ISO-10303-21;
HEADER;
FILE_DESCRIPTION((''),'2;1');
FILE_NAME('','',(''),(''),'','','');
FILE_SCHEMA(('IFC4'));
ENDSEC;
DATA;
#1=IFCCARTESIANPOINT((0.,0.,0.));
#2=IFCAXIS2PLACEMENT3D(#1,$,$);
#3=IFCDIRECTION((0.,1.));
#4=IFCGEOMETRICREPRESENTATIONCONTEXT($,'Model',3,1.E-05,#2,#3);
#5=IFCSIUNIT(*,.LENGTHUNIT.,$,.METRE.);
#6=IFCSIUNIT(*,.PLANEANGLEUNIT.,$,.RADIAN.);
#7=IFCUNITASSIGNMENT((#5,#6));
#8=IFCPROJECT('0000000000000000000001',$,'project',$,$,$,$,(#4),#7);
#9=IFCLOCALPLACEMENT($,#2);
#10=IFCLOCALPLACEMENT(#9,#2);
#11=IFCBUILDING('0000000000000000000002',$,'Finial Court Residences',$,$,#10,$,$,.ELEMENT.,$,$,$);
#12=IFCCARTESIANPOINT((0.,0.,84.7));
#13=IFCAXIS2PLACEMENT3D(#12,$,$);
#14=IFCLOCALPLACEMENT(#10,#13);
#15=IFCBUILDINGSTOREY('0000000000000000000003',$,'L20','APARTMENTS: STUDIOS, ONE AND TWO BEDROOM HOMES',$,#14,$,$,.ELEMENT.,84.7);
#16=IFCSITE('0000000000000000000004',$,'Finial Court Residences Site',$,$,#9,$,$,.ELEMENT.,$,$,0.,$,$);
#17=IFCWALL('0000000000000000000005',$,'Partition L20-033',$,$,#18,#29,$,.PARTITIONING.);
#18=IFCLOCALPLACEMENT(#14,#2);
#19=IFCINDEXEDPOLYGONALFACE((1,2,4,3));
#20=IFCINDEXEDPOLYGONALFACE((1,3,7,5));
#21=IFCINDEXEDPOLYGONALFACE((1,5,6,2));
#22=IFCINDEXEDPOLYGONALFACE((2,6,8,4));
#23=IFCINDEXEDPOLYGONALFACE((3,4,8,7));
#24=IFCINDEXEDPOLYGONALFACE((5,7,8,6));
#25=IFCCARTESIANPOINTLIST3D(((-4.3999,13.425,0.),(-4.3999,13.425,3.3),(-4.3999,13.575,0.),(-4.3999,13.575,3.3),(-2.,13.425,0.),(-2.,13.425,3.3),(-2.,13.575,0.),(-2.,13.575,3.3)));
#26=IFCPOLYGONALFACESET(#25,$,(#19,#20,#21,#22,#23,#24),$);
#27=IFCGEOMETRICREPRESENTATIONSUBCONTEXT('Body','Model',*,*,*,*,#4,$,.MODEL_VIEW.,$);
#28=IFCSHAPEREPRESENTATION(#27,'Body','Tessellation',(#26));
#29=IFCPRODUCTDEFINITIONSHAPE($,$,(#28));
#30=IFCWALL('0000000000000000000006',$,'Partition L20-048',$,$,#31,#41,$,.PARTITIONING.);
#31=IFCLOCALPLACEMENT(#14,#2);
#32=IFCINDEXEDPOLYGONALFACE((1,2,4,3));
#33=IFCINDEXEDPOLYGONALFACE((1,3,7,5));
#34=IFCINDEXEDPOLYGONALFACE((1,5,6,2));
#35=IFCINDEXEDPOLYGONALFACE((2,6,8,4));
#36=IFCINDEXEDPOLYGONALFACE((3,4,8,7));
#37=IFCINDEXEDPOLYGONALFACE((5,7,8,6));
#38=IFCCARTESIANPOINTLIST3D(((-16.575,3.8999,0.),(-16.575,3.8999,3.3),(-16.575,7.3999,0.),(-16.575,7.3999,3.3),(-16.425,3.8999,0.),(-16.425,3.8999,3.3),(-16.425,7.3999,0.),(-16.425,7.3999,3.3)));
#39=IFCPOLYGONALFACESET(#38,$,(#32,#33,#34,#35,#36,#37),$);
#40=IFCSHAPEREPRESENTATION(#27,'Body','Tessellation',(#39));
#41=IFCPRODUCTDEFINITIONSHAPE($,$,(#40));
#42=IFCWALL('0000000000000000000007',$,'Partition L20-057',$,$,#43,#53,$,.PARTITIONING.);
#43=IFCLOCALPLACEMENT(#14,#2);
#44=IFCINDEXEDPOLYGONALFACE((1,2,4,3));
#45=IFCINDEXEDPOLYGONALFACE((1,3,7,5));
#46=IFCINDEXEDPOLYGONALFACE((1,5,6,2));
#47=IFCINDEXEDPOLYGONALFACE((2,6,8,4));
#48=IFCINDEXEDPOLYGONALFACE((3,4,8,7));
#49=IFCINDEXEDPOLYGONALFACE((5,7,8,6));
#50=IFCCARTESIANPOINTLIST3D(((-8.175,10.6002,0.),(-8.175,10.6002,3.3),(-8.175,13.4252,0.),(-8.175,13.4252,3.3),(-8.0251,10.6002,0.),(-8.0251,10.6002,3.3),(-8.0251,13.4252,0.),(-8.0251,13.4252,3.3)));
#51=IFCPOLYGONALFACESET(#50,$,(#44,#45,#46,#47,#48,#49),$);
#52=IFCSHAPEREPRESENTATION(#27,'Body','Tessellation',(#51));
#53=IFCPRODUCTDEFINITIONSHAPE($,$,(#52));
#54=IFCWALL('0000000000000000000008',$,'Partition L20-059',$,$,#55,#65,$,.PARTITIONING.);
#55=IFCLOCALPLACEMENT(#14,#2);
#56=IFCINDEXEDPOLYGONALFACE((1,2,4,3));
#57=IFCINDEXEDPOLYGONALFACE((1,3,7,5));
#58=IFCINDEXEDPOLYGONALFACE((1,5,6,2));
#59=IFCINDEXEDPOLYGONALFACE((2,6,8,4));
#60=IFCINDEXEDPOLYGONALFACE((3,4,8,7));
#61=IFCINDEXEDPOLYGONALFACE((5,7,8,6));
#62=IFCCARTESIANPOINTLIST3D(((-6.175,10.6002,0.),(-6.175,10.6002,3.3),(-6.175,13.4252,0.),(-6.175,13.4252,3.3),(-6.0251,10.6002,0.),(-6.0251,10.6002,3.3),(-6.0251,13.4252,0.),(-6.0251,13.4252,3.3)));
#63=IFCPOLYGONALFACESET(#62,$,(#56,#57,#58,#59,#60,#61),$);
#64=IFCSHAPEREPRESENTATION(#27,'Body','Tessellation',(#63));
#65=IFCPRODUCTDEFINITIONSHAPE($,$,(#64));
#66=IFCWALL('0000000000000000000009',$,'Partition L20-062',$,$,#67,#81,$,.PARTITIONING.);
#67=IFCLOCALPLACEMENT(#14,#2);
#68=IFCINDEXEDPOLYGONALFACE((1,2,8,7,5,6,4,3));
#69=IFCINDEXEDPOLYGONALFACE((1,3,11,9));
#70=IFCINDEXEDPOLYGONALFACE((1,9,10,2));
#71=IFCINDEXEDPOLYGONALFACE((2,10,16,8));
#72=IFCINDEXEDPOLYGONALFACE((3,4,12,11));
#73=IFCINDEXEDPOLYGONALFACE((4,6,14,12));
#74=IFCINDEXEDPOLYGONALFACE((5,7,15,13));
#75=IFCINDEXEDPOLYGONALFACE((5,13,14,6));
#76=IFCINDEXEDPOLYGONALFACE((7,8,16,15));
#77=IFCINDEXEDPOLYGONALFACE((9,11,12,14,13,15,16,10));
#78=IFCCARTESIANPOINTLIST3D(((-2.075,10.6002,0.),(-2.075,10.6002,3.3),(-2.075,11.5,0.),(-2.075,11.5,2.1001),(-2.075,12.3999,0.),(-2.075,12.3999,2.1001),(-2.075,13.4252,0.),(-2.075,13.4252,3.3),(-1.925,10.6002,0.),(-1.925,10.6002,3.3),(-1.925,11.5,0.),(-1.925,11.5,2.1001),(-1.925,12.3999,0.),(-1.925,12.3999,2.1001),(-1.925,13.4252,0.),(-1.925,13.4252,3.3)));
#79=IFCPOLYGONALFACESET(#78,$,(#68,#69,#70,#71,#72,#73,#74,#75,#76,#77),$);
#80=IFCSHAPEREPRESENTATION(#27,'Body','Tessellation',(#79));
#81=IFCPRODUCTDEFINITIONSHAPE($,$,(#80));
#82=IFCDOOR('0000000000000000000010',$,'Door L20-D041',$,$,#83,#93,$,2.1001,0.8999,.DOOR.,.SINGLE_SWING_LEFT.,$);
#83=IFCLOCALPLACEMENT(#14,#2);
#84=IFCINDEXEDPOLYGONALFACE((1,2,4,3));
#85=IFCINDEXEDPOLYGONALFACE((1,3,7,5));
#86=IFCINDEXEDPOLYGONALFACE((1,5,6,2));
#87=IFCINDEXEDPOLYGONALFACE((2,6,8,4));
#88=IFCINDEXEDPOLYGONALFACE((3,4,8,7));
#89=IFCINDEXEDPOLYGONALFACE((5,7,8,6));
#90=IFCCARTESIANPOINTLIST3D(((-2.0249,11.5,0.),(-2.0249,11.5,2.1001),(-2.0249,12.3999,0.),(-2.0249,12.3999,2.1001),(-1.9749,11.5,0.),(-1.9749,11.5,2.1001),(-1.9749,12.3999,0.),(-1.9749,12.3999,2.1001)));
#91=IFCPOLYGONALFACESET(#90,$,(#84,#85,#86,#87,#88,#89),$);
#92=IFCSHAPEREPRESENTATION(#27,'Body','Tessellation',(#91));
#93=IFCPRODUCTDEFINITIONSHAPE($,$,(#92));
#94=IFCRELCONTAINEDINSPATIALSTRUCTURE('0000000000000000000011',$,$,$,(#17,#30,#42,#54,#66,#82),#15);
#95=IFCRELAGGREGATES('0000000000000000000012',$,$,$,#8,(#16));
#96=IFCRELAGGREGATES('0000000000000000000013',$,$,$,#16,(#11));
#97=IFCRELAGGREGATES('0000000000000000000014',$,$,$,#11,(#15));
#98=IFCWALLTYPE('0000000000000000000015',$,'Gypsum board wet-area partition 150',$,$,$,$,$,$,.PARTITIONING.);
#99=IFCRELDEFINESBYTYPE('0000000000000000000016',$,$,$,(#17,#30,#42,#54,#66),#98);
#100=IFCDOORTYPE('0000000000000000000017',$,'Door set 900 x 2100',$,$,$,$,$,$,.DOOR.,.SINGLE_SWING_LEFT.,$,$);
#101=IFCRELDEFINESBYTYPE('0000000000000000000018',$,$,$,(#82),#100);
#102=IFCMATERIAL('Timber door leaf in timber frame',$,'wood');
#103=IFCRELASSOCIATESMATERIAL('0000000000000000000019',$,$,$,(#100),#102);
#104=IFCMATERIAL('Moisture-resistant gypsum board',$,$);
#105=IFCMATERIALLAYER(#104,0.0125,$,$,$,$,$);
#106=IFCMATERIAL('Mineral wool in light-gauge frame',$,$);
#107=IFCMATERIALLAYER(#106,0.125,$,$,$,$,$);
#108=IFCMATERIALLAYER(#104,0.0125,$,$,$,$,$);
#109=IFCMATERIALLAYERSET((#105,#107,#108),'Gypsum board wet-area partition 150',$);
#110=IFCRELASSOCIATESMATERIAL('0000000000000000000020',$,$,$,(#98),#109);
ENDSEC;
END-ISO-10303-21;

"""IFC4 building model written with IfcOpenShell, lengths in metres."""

from ifc_helpers import new_model, si_unit, direction, frame, frame_2d, origin, place, context, subcontext, project, spatial, rectangle, extrude, material, layer, layer_set, type_object, element, fill, save


model = new_model("IFC4")

# Units and contexts
model_context = context("Model", 3, precision=1e-05, world=origin(), true_north=direction((0.0, 1.0)))
body_context = subcontext(model_context, "Body", "Model", "MODEL_VIEW")
ifc_project = project(units=[si_unit("LENGTHUNIT", "METRE"), si_unit("PLANEANGLEUNIT", "RADIAN")], contexts=[model_context])

# Site, building, storey
site_placement = place(None, origin())
site = spatial("IfcSite", under=ifc_project, at=site_placement, Name="Finial Court Residences Site", CompositionType="ELEMENT", RefElevation=0.0)
building_placement = place(site_placement, origin())
building = spatial("IfcBuilding", under=site, at=building_placement, Name="Finial Court Residences", CompositionType="ELEMENT")
storey_placement = place(building_placement, frame((0.0, 0.0, 84.7)))
storey = spatial("IfcBuildingStorey", under=building, at=storey_placement, Name="L20", Description="APARTMENTS: STUDIOS, ONE AND TWO BEDROOM HOMES", CompositionType="ELEMENT", Elevation=84.7)

# Shared definitions
ifc_material_1 = material(Name="Mineral wool in light-gauge frame")
ifc_material_2 = material(Name="Timber door leaf in timber frame", Category="wood")
door_type = type_object("IfcDoorType", Name="Door set 900 x 2100", OperationType="SINGLE_SWING_LEFT", PredefinedType="DOOR", material=ifc_material_2)
ifc_material_3 = material(Name="Moisture-resistant gypsum board")
ifc_layer_1 = layer(ifc_material_3, 0.0125)
ifc_layer_2 = layer(ifc_material_1, 0.125)
ifc_layer_3 = layer(ifc_material_3, 0.0125)
ifc_layer_set_1 = layer_set([ifc_layer_1, ifc_layer_2, ifc_layer_3], Name="Gypsum board wet-area partition 150")
wall_type_1 = type_object("IfcWallType", Name="Gypsum board wet-area partition 150", PredefinedType="PARTITIONING", material=ifc_layer_set_1)

# Walls
wall_1_placement = place(storey_placement, frame((-4.3999, 13.5, 0.0), z_axis=(0.0, 0.0, 1.0), x_axis=(1.0, 0.0, 0.0)))
element("IfcWall", 1, at=wall_1_placement, inside=storey, type_object=wall_type_1, Name="Partition L20-033", PredefinedType="PARTITIONING", context=body_context, shape_type="SweptSolid", body=[
    extrude(rectangle(XDim=2.3999, YDim=0.1499, at=frame_2d((1.2, 0.0))), origin(), (0.0, 0.0, 1.0), 3.3),
])
wall_2_placement = place(storey_placement, frame((-16.5, 3.8999, 0.0), z_axis=(0.0, 0.0, 1.0), x_axis=(0.0, 1.0, 0.0)))
element("IfcWall", 2, at=wall_2_placement, inside=storey, type_object=wall_type_1, Name="Partition L20-048", PredefinedType="PARTITIONING", context=body_context, shape_type="SweptSolid", body=[
    extrude(rectangle(XDim=3.5, YDim=0.1499, at=frame_2d((1.75, 0.0))), origin(), (0.0, 0.0, 1.0), 3.3),
])
for number, where, z_axis, x_axis, name in (
    (3, (-8.1001, 10.6001, 0.0), (0.0, 0.0, 1.0), (0.0, 1.0, 0.0), "Partition L20-057"),
    (4, (-6.1001, 10.6001, 0.0), (0.0, 0.0, 1.0), (0.0, 1.0, 0.0), "Partition L20-059"),
):
    element("IfcWall", number, at=place(storey_placement, frame(where, z_axis=z_axis, x_axis=x_axis)), inside=storey, type_object=wall_type_1, Name=name, PredefinedType="PARTITIONING", context=body_context, shape_type="SweptSolid", body=[
        extrude(rectangle(XDim=2.825, YDim=0.1499, at=frame_2d((1.4126, 0.0))), origin(), (0.0, 0.0, 1.0), 3.3),
    ])

# Wall, opening, door
wall_3_placement = place(storey_placement, frame((-2.0, 10.6001, 0.0), z_axis=(0.0, 0.0, 1.0), x_axis=(0.0, 1.0, 0.0)))
wall_3 = element("IfcWall", 5, at=wall_3_placement, inside=storey, type_object=wall_type_1, Name="Partition L20-062", PredefinedType="PARTITIONING", context=body_context, shape_type="SweptSolid", body=[
    extrude(rectangle(XDim=2.825, YDim=0.1499, at=frame_2d((1.4126, 0.0))), origin(), (0.0, 0.0, 1.0), 3.3),
])
opening_1_placement = place(wall_3_placement, frame((0.8999, 0.0, 0.0)))
opening_1 = element("IfcOpeningElement", 6, at=opening_1_placement, cuts=wall_3, PredefinedType="OPENING", context=body_context, shape_type="SweptSolid", body=[
    extrude(rectangle(XDim=0.8999, YDim=2.1001, at=frame_2d((0.45, 1.05))), frame((0.0, 0.085, 0.0), z_axis=(0.0, -1.0, 0.0), x_axis=(1.0, 0.0, 0.0)), (0.0, 0.0, 1.0), 0.1699),
])
door_1_placement = place(opening_1_placement, origin())
door_1 = element("IfcDoor", 7, at=door_1_placement, inside=storey, type_object=door_type, Name="Door L20-D041", OperationType="SINGLE_SWING_LEFT", OverallHeight=2.1001, OverallWidth=0.8999, PredefinedType="DOOR", context=body_context, shape_type="SweptSolid", body=[
    extrude(rectangle(XDim=0.8999, YDim=2.1001, at=frame_2d((0.45, 1.05))), frame((0.0, 0.0249, 0.0), z_axis=(0.0, -1.0, 0.0), x_axis=(1.0, 0.0, 0.0)), (0.0, 0.0, 1.0), 0.05),
])
fill(opening_1, door_1)

save(model, "model.ifc")
